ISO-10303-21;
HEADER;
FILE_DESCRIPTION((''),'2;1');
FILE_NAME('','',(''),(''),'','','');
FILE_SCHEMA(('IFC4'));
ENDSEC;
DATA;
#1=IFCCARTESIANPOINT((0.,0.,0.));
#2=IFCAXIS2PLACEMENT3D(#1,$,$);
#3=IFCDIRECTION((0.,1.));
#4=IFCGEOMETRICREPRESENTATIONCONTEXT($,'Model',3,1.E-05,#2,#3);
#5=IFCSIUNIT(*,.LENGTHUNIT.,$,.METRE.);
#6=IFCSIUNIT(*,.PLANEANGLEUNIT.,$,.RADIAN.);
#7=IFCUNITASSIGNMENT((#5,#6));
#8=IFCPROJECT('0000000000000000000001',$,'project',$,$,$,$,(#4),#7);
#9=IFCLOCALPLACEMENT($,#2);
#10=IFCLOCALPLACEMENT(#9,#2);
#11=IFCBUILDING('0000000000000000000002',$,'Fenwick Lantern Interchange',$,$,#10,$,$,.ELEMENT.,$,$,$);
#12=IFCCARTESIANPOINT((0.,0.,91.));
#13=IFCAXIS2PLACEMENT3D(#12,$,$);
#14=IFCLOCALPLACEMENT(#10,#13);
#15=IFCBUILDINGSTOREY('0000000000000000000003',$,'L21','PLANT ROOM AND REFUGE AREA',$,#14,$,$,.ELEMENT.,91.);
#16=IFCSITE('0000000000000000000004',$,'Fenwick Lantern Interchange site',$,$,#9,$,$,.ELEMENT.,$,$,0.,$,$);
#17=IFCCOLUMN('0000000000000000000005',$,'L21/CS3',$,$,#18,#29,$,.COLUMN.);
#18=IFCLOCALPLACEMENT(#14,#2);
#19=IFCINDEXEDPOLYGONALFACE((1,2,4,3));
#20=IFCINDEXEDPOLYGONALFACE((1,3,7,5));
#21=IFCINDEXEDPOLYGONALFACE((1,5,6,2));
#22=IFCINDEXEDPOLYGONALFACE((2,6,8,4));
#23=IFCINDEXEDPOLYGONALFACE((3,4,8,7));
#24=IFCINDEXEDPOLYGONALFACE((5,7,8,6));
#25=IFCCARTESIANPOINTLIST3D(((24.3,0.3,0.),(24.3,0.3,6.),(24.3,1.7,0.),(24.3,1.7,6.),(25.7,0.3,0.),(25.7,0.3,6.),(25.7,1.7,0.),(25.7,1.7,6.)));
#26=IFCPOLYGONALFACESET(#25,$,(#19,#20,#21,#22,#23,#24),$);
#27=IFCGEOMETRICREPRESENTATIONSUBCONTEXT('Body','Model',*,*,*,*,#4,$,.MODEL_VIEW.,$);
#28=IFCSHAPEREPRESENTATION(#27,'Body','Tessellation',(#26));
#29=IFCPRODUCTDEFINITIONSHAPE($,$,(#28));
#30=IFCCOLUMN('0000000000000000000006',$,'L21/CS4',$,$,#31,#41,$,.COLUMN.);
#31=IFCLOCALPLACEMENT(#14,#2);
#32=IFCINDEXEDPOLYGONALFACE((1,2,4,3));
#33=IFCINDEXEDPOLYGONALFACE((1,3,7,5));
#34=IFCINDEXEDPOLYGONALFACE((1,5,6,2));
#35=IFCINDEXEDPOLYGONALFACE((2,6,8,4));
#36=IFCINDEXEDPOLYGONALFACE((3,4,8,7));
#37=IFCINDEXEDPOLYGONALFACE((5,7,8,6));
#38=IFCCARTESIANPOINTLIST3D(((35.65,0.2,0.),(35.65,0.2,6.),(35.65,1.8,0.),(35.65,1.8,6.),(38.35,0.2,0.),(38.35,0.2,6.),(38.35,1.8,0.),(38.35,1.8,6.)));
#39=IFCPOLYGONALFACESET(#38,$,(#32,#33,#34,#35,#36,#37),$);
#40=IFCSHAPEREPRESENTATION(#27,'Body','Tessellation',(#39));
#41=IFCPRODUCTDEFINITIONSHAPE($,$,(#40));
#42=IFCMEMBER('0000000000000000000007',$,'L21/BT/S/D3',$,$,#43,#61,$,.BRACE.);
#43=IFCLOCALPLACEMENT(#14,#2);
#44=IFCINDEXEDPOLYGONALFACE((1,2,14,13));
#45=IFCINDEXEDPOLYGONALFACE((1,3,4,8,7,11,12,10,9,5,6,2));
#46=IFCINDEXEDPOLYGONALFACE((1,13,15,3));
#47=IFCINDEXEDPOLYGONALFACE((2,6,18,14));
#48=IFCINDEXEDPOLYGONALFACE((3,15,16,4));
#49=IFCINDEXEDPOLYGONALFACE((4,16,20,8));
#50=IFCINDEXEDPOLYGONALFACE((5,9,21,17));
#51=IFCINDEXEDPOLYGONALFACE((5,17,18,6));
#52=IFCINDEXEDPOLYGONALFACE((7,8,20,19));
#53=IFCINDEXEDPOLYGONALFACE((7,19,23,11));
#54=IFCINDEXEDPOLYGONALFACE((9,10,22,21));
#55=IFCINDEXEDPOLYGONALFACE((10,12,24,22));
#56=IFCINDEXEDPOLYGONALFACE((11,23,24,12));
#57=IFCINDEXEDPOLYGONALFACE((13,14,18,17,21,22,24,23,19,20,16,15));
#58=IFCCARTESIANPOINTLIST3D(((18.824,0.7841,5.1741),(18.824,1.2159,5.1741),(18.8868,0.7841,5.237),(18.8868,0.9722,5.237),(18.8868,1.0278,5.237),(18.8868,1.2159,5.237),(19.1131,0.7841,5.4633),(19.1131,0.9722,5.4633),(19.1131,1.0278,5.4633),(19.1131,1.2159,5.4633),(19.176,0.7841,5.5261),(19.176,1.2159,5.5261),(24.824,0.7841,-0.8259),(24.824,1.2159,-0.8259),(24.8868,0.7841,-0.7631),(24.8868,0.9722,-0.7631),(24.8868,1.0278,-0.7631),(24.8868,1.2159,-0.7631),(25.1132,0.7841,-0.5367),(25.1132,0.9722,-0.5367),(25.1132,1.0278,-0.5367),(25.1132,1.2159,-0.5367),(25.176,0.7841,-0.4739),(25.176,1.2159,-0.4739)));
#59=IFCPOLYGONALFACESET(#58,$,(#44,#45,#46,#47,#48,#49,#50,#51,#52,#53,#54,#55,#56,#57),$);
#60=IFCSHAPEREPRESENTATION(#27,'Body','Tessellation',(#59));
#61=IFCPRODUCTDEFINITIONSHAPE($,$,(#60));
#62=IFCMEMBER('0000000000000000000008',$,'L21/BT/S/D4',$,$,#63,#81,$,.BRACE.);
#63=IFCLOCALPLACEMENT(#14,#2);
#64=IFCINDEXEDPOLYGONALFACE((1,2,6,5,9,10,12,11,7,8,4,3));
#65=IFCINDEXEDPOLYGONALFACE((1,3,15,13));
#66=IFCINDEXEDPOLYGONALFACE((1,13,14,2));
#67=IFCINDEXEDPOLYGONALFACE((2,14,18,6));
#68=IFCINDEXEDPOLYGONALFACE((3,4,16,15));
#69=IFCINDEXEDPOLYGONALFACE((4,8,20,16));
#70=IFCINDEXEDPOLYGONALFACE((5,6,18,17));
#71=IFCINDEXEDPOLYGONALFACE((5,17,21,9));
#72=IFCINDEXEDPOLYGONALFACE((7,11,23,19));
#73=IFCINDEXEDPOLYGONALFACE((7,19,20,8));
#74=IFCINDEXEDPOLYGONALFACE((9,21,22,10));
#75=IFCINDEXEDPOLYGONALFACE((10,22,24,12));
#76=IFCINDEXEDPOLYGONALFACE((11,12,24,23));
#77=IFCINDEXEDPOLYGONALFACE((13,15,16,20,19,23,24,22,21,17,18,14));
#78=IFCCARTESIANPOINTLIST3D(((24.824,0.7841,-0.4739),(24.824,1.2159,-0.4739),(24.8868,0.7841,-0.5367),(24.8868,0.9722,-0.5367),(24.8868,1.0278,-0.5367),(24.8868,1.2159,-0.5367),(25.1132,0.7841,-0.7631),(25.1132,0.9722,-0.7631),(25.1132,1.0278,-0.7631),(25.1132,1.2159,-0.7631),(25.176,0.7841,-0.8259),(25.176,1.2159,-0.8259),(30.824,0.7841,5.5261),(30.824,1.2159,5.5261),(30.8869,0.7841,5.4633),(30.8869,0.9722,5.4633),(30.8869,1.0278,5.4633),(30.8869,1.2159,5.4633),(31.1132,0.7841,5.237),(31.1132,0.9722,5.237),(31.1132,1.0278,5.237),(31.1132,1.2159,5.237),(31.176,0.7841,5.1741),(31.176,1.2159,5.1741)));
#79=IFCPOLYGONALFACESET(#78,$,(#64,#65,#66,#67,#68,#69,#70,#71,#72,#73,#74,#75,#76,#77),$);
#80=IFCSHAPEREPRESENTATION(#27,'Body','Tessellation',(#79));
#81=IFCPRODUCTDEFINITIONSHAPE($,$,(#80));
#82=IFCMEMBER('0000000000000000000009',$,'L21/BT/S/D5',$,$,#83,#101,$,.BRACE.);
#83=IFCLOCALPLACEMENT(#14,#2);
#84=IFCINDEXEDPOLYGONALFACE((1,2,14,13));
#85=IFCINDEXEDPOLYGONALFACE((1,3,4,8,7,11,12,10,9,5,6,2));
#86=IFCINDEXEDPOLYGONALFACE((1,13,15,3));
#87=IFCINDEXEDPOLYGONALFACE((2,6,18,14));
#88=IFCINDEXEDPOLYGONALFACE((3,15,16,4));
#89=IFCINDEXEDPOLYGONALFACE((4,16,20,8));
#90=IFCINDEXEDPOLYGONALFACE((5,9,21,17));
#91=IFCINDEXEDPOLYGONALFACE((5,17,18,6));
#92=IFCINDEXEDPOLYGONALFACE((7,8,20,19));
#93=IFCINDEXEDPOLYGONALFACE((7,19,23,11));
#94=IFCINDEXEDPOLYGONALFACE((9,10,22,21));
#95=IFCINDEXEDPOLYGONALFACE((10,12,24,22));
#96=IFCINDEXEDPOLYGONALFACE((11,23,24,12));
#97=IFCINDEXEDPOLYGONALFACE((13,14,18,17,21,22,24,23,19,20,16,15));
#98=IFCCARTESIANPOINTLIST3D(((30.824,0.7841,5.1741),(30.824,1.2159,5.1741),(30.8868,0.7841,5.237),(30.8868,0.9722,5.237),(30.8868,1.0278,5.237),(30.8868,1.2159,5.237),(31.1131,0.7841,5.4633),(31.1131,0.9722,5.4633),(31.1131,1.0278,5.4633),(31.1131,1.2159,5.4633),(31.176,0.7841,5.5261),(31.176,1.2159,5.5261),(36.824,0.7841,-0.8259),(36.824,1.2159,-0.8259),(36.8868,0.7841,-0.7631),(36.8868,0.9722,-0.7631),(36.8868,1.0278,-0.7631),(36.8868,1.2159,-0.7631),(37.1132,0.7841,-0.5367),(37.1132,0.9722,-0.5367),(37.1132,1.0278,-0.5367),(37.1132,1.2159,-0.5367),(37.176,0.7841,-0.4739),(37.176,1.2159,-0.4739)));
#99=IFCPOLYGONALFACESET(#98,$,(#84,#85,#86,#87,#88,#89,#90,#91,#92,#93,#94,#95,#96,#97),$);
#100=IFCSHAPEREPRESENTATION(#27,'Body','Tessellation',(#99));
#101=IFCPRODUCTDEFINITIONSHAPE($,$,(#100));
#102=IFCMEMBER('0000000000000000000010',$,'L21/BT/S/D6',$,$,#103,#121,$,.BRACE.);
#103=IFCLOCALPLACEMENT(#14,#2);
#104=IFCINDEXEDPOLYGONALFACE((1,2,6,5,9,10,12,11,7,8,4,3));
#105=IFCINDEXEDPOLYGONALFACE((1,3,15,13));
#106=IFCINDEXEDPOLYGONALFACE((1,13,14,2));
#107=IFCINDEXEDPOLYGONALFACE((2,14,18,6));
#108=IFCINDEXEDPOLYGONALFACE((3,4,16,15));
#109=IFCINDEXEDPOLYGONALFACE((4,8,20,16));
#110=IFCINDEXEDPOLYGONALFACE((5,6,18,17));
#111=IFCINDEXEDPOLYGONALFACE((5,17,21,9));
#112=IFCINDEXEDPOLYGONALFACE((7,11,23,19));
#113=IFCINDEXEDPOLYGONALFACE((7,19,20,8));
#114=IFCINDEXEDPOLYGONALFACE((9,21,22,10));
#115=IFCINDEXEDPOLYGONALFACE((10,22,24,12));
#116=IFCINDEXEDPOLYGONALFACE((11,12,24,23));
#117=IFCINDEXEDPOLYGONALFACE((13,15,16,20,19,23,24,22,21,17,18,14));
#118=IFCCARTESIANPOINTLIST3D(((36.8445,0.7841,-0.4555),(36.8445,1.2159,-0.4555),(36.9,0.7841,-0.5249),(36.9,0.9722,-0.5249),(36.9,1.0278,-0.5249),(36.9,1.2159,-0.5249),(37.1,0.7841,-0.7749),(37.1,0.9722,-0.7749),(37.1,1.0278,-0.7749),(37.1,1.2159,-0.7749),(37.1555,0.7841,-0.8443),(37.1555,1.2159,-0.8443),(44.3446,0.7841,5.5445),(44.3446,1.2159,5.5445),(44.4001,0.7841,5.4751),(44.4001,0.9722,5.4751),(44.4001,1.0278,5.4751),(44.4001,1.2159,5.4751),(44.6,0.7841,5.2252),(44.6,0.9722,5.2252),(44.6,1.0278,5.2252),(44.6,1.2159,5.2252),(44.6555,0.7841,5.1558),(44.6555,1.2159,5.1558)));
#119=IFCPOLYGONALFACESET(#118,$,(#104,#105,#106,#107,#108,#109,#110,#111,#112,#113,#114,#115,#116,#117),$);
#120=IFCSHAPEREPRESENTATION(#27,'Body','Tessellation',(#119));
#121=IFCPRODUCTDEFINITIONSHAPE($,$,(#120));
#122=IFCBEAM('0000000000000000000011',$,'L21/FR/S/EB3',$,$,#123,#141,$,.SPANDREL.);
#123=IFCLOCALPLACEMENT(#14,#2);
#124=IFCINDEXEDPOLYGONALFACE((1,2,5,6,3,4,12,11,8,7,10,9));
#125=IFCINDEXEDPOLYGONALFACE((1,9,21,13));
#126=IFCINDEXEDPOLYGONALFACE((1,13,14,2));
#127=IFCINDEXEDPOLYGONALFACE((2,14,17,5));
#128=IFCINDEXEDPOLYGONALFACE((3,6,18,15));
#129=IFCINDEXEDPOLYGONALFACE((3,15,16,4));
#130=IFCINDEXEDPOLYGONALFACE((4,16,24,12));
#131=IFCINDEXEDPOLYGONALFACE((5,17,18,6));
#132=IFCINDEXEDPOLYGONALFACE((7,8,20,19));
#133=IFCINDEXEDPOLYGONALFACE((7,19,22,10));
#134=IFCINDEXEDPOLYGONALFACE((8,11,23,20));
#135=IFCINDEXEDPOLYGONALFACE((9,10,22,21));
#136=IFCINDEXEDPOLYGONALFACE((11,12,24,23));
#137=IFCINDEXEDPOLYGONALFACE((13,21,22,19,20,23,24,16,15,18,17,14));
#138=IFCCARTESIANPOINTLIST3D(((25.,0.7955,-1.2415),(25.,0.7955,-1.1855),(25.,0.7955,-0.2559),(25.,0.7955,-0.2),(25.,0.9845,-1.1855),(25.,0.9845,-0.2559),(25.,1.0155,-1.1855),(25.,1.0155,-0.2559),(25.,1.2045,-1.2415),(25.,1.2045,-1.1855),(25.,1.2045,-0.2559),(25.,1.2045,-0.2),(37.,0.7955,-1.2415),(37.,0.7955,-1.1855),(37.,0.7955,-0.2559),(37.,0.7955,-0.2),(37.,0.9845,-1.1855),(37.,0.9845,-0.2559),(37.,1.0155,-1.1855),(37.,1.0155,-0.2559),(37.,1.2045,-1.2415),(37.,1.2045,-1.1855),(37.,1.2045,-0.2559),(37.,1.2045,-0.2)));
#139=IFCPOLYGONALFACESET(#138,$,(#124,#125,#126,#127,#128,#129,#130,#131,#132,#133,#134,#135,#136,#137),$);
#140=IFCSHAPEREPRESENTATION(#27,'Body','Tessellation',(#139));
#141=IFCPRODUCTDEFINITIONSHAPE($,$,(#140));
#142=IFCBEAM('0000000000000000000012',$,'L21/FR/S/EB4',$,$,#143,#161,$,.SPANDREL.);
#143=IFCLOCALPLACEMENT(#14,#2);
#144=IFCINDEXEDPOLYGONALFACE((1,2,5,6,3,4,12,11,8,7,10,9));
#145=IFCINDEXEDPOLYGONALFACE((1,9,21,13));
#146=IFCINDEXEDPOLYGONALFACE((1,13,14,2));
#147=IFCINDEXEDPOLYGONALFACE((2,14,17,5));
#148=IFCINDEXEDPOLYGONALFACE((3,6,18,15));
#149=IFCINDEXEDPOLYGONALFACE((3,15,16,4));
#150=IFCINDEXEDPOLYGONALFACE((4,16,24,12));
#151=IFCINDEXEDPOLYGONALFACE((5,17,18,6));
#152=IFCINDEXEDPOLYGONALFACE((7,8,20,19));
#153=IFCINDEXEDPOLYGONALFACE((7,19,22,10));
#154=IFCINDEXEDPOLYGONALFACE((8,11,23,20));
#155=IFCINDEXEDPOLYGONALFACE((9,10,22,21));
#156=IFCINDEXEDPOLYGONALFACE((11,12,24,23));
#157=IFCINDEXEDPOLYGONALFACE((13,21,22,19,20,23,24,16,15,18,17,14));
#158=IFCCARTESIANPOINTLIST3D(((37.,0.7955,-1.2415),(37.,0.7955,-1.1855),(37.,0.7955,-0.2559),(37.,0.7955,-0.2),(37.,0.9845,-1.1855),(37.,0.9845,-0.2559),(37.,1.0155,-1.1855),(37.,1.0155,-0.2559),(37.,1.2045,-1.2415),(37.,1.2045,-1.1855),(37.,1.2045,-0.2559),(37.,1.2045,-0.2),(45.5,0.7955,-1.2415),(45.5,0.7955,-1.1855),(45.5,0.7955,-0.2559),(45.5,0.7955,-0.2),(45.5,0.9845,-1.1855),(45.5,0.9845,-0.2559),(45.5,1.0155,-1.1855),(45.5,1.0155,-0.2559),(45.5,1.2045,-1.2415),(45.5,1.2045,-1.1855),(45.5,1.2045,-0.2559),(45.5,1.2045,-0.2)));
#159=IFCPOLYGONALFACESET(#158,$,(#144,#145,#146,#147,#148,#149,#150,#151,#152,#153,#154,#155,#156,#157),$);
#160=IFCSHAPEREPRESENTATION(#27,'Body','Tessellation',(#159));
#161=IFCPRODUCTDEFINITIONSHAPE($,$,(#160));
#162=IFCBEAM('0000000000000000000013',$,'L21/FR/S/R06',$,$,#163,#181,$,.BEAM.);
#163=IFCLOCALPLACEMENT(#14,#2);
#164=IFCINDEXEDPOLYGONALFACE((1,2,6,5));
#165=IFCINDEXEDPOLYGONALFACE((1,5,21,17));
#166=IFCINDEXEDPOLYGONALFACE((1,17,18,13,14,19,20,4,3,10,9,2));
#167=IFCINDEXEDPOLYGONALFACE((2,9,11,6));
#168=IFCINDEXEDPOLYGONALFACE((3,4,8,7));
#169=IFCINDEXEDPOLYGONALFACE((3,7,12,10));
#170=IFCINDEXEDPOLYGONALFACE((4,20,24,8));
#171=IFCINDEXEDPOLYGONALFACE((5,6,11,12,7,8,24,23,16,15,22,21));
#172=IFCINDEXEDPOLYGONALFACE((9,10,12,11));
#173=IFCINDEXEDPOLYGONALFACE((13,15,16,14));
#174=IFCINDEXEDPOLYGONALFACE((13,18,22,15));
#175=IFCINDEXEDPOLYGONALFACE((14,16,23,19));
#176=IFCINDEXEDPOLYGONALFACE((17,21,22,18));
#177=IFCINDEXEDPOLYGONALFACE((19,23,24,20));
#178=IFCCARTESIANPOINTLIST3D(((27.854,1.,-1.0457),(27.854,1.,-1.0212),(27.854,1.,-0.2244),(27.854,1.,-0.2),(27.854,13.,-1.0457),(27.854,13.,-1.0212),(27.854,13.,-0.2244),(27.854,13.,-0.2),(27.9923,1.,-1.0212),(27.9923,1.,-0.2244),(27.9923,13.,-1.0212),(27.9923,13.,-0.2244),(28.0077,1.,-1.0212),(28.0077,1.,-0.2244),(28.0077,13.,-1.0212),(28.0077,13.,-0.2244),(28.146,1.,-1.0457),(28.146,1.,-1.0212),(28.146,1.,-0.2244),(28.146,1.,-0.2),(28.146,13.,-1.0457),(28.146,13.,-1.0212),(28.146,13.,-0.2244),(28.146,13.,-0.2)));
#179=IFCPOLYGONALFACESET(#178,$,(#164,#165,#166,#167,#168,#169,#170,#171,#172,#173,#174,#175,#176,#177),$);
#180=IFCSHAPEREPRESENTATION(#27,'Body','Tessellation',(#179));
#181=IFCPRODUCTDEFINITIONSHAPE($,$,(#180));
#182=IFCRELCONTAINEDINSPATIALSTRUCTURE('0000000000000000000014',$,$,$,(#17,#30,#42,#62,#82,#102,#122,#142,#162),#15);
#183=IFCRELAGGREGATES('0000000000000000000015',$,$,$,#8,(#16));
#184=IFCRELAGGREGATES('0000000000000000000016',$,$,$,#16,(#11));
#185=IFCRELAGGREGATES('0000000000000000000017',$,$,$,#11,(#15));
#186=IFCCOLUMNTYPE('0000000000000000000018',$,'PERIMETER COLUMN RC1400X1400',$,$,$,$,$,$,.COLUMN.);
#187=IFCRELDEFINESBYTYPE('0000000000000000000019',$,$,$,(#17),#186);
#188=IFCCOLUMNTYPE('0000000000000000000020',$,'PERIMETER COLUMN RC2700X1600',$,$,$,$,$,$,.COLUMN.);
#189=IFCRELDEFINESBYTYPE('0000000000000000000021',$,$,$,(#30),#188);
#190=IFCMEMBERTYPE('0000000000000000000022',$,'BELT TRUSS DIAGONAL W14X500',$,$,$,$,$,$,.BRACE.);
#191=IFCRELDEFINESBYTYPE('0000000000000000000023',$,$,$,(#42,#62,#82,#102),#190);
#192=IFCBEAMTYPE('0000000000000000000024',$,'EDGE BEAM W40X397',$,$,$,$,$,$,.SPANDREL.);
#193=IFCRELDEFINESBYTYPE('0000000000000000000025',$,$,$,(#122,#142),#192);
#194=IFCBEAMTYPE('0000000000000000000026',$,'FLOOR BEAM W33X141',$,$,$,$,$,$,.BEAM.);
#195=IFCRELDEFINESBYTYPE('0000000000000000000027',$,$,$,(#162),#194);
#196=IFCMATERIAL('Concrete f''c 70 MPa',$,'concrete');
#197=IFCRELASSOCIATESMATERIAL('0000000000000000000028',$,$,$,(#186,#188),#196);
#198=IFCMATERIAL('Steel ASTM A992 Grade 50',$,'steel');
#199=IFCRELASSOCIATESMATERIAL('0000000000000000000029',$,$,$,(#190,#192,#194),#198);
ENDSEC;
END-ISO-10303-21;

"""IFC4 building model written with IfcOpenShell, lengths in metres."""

from ifc_helpers import new_model, si_unit, direction, frame, origin, origin_2d, place, context, subcontext, project, spatial, rectangle, i_section, extrude, material, material_profile, profile_set, type_object, element, save


model = new_model("IFC4")

# Units and contexts
model_context = context("Model", 3, precision=1e-05, world=origin(), true_north=direction((0.0, 1.0)))
body_context = subcontext(model_context, "Body", "Model", "MODEL_VIEW")
ifc_project = project(units=[si_unit("LENGTHUNIT", "METRE"), si_unit("PLANEANGLEUNIT", "RADIAN")], contexts=[model_context])

# Site, building, storey
site_placement = place(None, origin())
site = spatial("IfcSite", under=ifc_project, at=site_placement, Name="Fenwick Lantern Interchange site", CompositionType="ELEMENT", RefElevation=0.0)
building_placement = place(site_placement, origin())
building = spatial("IfcBuilding", under=site, at=building_placement, Name="Fenwick Lantern Interchange", CompositionType="ELEMENT")
storey_placement = place(building_placement, frame((0.0, 0.0, 91.0)))
storey = spatial("IfcBuildingStorey", under=building, at=storey_placement, Name="L21", Description="PLANT ROOM AND REFUGE AREA", CompositionType="ELEMENT", Elevation=91.0)

# Columns
ifc_material_1 = material(Name="Concrete f'c 70 MPa", Category="concrete")
ifc_material_profile_1 = material_profile(ifc_material_1, rectangle(XDim=1.3999, YDim=1.3999, at=origin_2d()), Name="RC1400X1400")
ifc_profile_set_1 = profile_set([ifc_material_profile_1], Name="Concrete f'c 70 MPa")
column_type_1 = type_object("IfcColumnType", Name="PERIMETER COLUMN RC1400X1400", PredefinedType="COLUMN", material=ifc_profile_set_1)
column_1_placement = place(storey_placement, frame((25.0, 1.0, 0.0), z_axis=(0.0, 0.0, 1.0), x_axis=(1.0, 0.0, 0.0)))
element("IfcColumn", 1, at=column_1_placement, inside=storey, type_object=column_type_1, Name="L21/CS3", PredefinedType="COLUMN", context=body_context, shape_type="SweptSolid", body=[
    extrude(rectangle(XDim=1.3999, YDim=1.3999, at=origin_2d()), origin(), (0.0, 0.0, 1.0), 6.0),
])
ifc_material_profile_2 = material_profile(ifc_material_1, rectangle(XDim=2.7, YDim=1.6001, at=origin_2d()), Name="RC2700X1600")
ifc_profile_set_2 = profile_set([ifc_material_profile_2], Name="Concrete f'c 70 MPa")
column_type_2 = type_object("IfcColumnType", Name="PERIMETER COLUMN RC2700X1600", PredefinedType="COLUMN", material=ifc_profile_set_2)
column_2_placement = place(storey_placement, frame((37.0, 1.0, 0.0), z_axis=(0.0, 0.0, 1.0), x_axis=(1.0, 0.0, 0.0)))
element("IfcColumn", 2, at=column_2_placement, inside=storey, type_object=column_type_2, Name="L21/CS4", PredefinedType="COLUMN", context=body_context, shape_type="SweptSolid", body=[
    extrude(rectangle(XDim=2.7, YDim=1.6001, at=origin_2d()), origin(), (0.0, 0.0, 1.0), 6.0),
])

# Members
ifc_material_2 = material(Name="Steel ASTM A992 Grade 50", Category="steel")
ifc_material_profile_3 = material_profile(ifc_material_2, i_section(OverallWidth=0.4319, OverallDepth=0.4978, WebThickness=0.0557, FlangeThickness=0.0889, at=origin_2d()), Name="W14X500")
ifc_profile_set_3 = profile_set([ifc_material_profile_3], Name="Steel ASTM A992 Grade 50")
member_type_1 = type_object("IfcMemberType", Name="BELT TRUSS DIAGONAL W14X500", PredefinedType="BRACE", material=ifc_profile_set_3)
for number, where, z_axis, x_axis, name in (
    (3, (25.0, 1.0, -0.6499), (-0.707107, 0.0, 0.707107), (0.0, -1.0, 0.0), "L21/BT/S/D3"),
    (4, (25.0, 1.0, -0.6499), (0.707107, 0.0, 0.707107), (0.0, 1.0, 0.0), "L21/BT/S/D4"),
    (5, (37.0, 1.0, -0.6499), (-0.707107, 0.0, 0.707107), (0.0, -1.0, 0.0), "L21/BT/S/D5"),
):
    element("IfcMember", number, at=place(storey_placement, frame(where, z_axis=z_axis, x_axis=x_axis)), inside=storey, type_object=member_type_1, Name=name, PredefinedType="BRACE", context=body_context, shape_type="SweptSolid", body=[
        extrude(i_section(OverallWidth=0.4319, OverallDepth=0.4978, WebThickness=0.0557, FlangeThickness=0.0889, at=origin_2d()), origin(), (0.0, 0.0, 1.0), 8.4854),
    ])
member_1_placement = place(storey_placement, frame((37.0, 1.0, -0.6499), z_axis=(0.780869, 0.0, 0.624695), x_axis=(0.0, 1.0, 0.0)))
element("IfcMember", 6, at=member_1_placement, inside=storey, type_object=member_type_1, Name="L21/BT/S/D6", PredefinedType="BRACE", context=body_context, shape_type="SweptSolid", body=[
    extrude(i_section(OverallWidth=0.4319, OverallDepth=0.4978, WebThickness=0.0557, FlangeThickness=0.0889, at=origin_2d()), origin(), (0.0, 0.0, 1.0), 9.6047),
])

# Beams
ifc_material_profile_4 = material_profile(ifc_material_2, i_section(OverallWidth=0.4089, OverallDepth=1.0415, WebThickness=0.031, FlangeThickness=0.0559, at=origin_2d()), Name="W40X397")
ifc_profile_set_4 = profile_set([ifc_material_profile_4], Name="Steel ASTM A992 Grade 50")
beam_type_1 = type_object("IfcBeamType", Name="EDGE BEAM W40X397", PredefinedType="SPANDREL", material=ifc_profile_set_4)
beam_1_placement = place(storey_placement, frame((25.0, 1.0, -0.7207), z_axis=(1.0, 0.0, 0.0), x_axis=(0.0, 1.0, 0.0)))
element("IfcBeam", 7, at=beam_1_placement, inside=storey, type_object=beam_type_1, Name="L21/FR/S/EB3", PredefinedType="SPANDREL", context=body_context, shape_type="SweptSolid", body=[
    extrude(i_section(OverallWidth=0.4089, OverallDepth=1.0415, WebThickness=0.031, FlangeThickness=0.0559, at=origin_2d()), origin(), (0.0, 0.0, 1.0), 12.0),
])
beam_2_placement = place(storey_placement, frame((37.0, 1.0, -0.7207), z_axis=(1.0, 0.0, 0.0), x_axis=(0.0, 1.0, 0.0)))
element("IfcBeam", 8, at=beam_2_placement, inside=storey, type_object=beam_type_1, Name="L21/FR/S/EB4", PredefinedType="SPANDREL", context=body_context, shape_type="SweptSolid", body=[
    extrude(i_section(OverallWidth=0.4089, OverallDepth=1.0415, WebThickness=0.031, FlangeThickness=0.0559, at=origin_2d()), origin(), (0.0, 0.0, 1.0), 8.5),
])
ifc_material_profile_5 = material_profile(ifc_material_2, i_section(OverallWidth=0.292, OverallDepth=0.8457, WebThickness=0.0154, FlangeThickness=0.0244, at=origin_2d()), Name="W33X141")
ifc_profile_set_5 = profile_set([ifc_material_profile_5], Name="Steel ASTM A992 Grade 50")
beam_type_2 = type_object("IfcBeamType", Name="FLOOR BEAM W33X141", PredefinedType="BEAM", material=ifc_profile_set_5)
for number, where, z_axis, x_axis, name in (
    (9, (28.0, 1.0, -0.6228), (0.0, 1.0, 0.0), (-1.0, 0.0, 0.0), "L21/FR/S/R06"),
):
    element("IfcBeam", number, at=place(storey_placement, frame(where, z_axis=z_axis, x_axis=x_axis)), inside=storey, type_object=beam_type_2, Name=name, PredefinedType="BEAM", context=body_context, shape_type="SweptSolid", body=[
        extrude(i_section(OverallWidth=0.292, OverallDepth=0.8457, WebThickness=0.0154, FlangeThickness=0.0244, at=origin_2d()), origin(), (0.0, 0.0, 1.0), 12.0),
    ])

save(model, "model.ifc")
